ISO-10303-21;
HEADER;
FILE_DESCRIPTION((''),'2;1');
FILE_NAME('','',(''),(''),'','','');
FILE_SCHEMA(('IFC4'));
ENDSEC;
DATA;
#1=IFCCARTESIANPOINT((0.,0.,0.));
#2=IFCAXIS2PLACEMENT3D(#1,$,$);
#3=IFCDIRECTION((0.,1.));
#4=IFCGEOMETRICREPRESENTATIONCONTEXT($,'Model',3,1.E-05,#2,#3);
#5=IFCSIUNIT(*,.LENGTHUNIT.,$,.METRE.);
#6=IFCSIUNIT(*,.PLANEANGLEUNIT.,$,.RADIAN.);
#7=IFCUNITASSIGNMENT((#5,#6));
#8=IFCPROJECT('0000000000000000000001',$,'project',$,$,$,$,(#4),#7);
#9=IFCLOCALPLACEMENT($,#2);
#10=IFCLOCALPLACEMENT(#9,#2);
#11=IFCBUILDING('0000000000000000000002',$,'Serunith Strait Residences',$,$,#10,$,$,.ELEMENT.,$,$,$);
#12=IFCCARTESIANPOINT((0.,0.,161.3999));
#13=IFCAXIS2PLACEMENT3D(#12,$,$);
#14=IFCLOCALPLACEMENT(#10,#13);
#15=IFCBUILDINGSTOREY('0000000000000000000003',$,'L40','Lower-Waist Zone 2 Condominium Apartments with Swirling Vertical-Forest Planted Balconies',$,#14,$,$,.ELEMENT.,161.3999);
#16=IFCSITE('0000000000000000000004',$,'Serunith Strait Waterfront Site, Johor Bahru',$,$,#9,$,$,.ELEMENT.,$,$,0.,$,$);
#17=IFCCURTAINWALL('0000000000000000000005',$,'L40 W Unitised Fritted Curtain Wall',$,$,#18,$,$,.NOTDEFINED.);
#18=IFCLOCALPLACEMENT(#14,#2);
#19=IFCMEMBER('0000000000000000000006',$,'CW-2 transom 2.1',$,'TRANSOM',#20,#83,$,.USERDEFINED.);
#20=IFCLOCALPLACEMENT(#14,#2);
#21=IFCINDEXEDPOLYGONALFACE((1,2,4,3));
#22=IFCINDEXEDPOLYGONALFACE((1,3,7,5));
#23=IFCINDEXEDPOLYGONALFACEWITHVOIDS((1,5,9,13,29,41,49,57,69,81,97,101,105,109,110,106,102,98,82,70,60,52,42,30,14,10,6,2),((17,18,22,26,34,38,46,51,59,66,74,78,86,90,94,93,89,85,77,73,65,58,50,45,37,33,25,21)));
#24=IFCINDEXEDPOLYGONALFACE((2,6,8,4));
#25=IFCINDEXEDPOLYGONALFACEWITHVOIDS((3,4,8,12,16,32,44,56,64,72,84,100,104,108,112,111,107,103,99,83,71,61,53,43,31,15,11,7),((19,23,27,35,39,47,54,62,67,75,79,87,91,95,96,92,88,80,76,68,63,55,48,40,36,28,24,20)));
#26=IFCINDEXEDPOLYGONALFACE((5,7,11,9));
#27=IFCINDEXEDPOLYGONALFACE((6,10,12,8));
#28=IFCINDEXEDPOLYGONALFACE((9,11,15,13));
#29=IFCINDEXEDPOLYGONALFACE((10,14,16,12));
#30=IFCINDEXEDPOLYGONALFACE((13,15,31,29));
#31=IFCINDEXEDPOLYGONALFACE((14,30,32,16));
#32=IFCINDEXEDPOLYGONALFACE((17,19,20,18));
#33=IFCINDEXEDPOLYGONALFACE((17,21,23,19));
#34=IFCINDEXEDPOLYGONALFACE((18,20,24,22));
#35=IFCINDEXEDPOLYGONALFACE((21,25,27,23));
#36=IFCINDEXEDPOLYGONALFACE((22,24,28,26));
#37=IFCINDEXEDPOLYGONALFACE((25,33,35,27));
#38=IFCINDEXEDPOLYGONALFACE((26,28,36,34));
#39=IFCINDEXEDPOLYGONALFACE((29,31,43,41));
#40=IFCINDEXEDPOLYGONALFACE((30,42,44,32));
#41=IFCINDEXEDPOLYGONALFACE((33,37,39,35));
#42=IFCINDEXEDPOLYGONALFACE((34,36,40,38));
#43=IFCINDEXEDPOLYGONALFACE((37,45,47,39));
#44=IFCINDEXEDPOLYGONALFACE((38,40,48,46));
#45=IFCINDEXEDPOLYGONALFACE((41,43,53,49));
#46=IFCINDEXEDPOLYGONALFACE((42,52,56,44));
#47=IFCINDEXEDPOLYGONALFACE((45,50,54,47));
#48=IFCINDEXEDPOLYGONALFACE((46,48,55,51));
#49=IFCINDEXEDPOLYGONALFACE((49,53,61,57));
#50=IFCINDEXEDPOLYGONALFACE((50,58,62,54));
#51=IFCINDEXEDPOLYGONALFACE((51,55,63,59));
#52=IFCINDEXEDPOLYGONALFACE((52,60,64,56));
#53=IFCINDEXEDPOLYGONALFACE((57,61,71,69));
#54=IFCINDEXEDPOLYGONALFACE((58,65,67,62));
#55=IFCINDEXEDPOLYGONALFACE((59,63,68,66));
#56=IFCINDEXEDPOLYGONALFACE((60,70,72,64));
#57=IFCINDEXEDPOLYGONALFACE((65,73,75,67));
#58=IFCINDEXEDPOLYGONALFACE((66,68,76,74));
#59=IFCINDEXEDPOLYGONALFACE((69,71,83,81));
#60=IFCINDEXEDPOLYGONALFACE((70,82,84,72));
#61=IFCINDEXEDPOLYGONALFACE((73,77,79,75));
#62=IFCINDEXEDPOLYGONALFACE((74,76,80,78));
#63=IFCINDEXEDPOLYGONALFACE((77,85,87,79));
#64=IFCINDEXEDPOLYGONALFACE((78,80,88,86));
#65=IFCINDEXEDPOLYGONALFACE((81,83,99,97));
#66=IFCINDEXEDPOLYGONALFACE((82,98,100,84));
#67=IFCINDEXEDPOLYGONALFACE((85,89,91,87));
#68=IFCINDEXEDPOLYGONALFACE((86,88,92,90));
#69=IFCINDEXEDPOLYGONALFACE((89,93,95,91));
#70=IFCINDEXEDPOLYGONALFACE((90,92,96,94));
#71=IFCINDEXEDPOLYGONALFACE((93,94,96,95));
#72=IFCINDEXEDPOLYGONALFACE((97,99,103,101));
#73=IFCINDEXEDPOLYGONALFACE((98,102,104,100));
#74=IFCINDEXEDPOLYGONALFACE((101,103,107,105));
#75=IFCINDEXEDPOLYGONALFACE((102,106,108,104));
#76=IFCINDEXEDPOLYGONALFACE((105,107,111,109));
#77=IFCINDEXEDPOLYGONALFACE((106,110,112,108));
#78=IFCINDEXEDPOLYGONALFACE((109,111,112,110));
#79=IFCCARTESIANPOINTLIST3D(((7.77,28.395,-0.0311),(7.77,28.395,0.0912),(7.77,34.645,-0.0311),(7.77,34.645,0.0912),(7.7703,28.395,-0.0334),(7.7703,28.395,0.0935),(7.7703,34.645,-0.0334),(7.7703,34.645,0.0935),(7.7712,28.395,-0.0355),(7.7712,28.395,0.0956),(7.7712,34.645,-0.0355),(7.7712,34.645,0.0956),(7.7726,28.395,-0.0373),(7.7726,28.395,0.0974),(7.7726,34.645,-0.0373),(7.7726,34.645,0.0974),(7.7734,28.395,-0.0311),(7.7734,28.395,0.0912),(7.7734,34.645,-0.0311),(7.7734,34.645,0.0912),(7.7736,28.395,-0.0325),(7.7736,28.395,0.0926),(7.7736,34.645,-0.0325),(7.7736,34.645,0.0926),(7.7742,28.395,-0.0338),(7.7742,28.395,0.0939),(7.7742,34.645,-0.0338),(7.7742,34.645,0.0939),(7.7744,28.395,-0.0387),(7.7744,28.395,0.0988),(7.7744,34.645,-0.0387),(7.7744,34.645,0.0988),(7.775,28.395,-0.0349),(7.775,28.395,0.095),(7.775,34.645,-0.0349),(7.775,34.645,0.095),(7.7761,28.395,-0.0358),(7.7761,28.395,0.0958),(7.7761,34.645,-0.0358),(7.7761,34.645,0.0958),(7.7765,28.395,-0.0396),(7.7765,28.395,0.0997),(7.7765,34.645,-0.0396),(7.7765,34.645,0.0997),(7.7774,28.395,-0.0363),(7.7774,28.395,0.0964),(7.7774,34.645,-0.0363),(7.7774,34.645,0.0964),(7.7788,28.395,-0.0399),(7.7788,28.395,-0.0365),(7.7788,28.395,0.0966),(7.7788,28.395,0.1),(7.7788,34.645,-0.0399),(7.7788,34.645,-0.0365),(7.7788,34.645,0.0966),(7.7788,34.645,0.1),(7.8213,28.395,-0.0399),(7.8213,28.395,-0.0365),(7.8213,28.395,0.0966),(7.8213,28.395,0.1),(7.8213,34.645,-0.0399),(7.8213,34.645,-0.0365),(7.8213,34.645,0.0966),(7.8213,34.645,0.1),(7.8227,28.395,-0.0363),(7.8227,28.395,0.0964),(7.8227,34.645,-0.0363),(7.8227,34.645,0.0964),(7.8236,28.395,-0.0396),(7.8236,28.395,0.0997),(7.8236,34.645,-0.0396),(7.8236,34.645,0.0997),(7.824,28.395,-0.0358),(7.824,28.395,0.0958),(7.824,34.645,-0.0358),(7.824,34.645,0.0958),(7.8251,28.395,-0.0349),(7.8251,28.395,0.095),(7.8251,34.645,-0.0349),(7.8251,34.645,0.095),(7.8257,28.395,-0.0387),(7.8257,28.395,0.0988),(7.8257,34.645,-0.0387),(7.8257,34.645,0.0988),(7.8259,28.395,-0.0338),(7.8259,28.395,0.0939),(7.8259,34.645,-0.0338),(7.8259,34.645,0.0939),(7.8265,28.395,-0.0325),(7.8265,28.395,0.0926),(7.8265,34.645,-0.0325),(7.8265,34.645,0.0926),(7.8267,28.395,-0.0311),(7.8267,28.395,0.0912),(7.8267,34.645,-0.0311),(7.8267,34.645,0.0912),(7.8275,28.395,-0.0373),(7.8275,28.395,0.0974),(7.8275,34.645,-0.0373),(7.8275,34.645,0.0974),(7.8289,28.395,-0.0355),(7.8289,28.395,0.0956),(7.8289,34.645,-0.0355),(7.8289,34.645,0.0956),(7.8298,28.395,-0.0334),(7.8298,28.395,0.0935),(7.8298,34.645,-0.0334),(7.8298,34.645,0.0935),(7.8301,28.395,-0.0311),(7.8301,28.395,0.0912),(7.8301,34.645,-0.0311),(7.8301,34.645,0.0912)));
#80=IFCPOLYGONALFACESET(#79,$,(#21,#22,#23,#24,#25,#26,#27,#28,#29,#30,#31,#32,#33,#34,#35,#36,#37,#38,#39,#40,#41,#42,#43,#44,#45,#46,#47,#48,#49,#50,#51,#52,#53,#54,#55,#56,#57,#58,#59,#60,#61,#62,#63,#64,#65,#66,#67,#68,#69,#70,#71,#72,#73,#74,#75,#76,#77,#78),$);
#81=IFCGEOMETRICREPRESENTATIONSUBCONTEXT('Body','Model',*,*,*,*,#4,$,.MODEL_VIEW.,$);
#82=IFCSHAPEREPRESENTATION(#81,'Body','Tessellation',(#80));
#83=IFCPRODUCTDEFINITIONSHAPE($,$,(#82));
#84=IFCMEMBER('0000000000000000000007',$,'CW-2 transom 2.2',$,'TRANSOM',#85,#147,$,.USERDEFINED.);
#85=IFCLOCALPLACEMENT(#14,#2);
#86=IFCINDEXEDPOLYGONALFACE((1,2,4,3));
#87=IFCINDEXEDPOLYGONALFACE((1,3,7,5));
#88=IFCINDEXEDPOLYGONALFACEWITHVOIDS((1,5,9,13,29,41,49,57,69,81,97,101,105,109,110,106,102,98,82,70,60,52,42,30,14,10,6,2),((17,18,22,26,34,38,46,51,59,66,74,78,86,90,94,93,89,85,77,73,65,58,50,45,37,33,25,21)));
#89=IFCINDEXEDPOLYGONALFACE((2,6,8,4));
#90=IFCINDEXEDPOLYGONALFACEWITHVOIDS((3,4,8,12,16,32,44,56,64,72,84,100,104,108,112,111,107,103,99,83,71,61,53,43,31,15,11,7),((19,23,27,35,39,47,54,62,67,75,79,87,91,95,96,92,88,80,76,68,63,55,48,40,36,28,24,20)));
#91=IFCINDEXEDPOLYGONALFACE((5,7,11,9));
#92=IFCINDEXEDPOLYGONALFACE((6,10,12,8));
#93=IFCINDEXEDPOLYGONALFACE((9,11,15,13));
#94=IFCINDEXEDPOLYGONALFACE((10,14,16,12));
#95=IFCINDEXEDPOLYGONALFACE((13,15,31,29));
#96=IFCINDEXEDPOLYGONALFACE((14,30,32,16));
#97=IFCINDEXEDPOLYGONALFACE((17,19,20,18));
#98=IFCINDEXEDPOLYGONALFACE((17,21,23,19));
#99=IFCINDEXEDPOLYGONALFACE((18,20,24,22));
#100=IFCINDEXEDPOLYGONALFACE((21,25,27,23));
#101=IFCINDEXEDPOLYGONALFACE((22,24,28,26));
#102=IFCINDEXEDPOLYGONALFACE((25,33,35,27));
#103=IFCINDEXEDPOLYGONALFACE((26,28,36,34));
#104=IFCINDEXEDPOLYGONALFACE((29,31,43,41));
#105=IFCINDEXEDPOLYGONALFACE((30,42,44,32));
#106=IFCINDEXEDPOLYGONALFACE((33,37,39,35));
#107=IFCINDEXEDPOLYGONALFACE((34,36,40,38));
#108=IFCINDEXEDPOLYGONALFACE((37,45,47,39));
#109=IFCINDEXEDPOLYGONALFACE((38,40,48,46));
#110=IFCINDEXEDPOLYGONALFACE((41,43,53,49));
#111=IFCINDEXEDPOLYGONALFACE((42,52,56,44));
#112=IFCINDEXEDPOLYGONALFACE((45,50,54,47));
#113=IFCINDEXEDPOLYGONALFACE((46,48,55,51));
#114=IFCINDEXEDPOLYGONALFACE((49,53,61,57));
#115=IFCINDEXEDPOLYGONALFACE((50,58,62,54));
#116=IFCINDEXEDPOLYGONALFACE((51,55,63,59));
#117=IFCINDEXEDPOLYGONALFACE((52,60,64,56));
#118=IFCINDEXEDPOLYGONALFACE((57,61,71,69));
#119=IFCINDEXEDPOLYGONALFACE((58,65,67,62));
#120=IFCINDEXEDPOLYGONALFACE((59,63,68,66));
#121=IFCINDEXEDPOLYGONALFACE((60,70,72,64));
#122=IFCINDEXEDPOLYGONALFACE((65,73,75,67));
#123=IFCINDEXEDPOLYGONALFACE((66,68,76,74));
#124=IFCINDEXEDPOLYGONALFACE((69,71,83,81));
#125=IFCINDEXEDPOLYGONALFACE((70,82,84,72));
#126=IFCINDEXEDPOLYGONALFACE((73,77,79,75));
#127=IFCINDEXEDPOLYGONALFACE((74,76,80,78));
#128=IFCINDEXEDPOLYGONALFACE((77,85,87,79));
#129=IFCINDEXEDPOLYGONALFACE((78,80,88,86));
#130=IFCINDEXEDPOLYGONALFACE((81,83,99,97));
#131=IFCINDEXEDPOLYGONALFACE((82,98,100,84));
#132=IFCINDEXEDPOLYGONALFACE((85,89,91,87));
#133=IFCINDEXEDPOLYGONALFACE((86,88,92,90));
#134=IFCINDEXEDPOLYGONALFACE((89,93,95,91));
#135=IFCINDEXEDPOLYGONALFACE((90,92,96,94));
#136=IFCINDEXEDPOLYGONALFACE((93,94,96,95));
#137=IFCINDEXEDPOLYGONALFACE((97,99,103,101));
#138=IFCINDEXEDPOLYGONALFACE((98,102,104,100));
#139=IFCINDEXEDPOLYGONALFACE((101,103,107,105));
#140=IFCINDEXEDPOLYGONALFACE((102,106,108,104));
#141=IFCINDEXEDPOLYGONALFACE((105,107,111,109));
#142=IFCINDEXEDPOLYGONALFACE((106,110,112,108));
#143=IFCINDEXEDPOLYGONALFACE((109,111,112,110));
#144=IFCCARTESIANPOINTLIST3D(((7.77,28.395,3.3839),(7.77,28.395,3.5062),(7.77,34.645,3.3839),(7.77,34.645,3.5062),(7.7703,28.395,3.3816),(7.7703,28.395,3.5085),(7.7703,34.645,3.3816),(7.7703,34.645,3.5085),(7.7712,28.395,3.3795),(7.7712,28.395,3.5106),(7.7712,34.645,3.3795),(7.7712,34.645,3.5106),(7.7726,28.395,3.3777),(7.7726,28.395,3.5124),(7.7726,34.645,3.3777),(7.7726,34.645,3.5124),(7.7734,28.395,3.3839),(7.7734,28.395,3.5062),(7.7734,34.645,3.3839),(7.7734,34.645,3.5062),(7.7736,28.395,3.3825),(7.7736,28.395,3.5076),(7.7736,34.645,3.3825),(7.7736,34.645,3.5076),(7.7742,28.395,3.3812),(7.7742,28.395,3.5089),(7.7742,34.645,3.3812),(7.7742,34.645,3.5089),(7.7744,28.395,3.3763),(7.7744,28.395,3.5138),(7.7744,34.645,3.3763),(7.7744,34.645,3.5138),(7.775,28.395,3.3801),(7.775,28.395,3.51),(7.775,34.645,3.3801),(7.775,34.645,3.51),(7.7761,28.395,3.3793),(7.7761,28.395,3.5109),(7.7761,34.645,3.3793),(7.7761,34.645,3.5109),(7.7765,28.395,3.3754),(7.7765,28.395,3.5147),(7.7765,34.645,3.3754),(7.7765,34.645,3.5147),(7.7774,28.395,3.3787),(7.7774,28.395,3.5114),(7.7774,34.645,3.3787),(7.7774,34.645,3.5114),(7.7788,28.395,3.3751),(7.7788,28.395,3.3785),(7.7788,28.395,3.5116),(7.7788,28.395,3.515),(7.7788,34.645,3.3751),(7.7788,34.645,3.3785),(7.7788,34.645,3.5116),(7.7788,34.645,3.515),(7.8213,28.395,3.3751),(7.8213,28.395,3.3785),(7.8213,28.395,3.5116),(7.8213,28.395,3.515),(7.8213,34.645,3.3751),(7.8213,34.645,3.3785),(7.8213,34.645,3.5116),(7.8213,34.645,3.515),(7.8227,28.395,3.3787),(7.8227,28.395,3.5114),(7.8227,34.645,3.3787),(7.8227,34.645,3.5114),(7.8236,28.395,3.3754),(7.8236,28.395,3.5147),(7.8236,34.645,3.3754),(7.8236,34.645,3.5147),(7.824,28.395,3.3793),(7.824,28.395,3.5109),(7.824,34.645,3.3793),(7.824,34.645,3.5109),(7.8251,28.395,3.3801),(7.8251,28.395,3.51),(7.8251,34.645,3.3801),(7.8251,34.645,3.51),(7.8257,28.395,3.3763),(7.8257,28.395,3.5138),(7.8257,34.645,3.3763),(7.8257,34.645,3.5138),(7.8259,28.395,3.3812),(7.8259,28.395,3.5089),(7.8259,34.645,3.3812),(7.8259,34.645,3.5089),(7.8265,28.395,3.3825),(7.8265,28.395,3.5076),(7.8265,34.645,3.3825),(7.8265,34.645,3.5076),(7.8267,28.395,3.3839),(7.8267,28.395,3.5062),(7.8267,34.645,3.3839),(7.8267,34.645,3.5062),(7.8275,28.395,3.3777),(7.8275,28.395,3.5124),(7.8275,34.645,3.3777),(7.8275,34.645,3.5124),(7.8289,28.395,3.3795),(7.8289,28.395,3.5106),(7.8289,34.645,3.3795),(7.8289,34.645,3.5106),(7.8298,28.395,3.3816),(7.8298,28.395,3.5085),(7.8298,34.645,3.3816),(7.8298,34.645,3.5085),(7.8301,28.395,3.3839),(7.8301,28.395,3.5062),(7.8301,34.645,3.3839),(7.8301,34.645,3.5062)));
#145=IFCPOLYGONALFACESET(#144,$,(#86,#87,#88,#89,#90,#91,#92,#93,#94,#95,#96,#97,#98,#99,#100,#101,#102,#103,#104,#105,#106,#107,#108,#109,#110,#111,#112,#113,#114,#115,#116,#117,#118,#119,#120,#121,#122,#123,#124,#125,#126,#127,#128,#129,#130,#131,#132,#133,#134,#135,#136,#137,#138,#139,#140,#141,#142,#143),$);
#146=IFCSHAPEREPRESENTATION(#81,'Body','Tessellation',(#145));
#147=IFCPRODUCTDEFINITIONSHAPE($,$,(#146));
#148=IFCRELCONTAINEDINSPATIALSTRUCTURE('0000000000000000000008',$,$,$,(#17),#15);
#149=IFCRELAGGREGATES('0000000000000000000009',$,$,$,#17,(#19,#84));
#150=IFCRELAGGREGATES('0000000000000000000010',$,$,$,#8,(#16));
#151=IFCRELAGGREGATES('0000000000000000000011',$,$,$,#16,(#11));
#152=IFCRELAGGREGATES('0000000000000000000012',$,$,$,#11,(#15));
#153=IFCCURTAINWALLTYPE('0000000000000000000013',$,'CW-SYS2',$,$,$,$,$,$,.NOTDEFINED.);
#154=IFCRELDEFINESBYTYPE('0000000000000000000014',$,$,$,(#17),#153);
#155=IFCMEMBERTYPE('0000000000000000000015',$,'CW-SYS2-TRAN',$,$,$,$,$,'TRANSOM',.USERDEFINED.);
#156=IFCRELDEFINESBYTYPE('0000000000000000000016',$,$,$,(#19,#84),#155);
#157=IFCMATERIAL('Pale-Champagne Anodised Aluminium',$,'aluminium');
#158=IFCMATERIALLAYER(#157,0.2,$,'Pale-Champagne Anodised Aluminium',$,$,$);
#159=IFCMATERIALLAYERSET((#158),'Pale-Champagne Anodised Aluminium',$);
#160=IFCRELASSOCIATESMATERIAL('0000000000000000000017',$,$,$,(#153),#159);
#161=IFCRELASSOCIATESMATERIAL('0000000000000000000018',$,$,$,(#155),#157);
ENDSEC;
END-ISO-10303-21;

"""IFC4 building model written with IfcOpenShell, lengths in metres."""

from ifc_helpers import new_model, si_unit, direction, frame, origin, origin_2d, place, context, subcontext, project, spatial, hollow_rectangle, extrude, source, transform, mapped, material, layer, layer_set, material_profile, profile_set, type_object, element, aggregate, save


model = new_model("IFC4")

# Units and contexts
model_context = context("Model", 3, precision=1e-05, world=origin(), true_north=direction((0.0, 1.0)))
body_context = subcontext(model_context, "Body", "Model", "MODEL_VIEW")
ifc_project = project(units=[si_unit("LENGTHUNIT", "METRE"), si_unit("PLANEANGLEUNIT", "RADIAN")], contexts=[model_context])

# Site, building, storey
site_placement = place(None, origin())
site = spatial("IfcSite", under=ifc_project, at=site_placement, Name="Serunith Strait Waterfront Site, Johor Bahru", CompositionType="ELEMENT", RefElevation=0.0)
building_placement = place(site_placement, origin())
building = spatial("IfcBuilding", under=site, at=building_placement, Name="Serunith Strait Residences", CompositionType="ELEMENT")
storey_placement = place(building_placement, frame((0.0, 0.0, 161.3999)))
storey = spatial("IfcBuildingStorey", under=building, at=storey_placement, Name="L40", Description="Lower-Waist Zone 2 Condominium Apartments with Swirling Vertical-Forest Planted Balconies", CompositionType="ELEMENT", Elevation=161.3999)

# Curtain wall, members
ifc_material_1 = material(Name="Pale-Champagne Anodised Aluminium", Category="aluminium")
ifc_layer_1 = layer(ifc_material_1, 0.2, Name="Pale-Champagne Anodised Aluminium")
ifc_layer_set_1 = layer_set([ifc_layer_1], Name="Pale-Champagne Anodised Aluminium")
curtain_wall_type = type_object("IfcCurtainWallType", Name="CW-SYS2", PredefinedType="NOTDEFINED", material=ifc_layer_set_1)
curtain_wall_placement = place(storey_placement, origin())
curtain_wall = element("IfcCurtainWall", 1, at=curtain_wall_placement, inside=storey, type_object=curtain_wall_type, Name="L40 W Unitised Fritted Curtain Wall", PredefinedType="NOTDEFINED")
ifc_material_profile_1 = material_profile(ifc_material_1, hollow_rectangle(XDim=0.0601, YDim=0.1399, WallThickness=0.0034, InnerFilletRadius=0.0054, OuterFilletRadius=0.0088, at=origin_2d()), Name="ALU 140x60x3.5")
ifc_profile_set_1 = profile_set([ifc_material_profile_1], Name="Pale-Champagne Anodised Aluminium")
member_type_1 = type_object("IfcMemberType", Name="CW-SYS2-TRAN", ElementType="TRANSOM", PredefinedType="USERDEFINED", material=ifc_profile_set_1)
shared_shape_1 = source(origin(), body_context, "Body", "SweptSolid", [
    extrude(hollow_rectangle(XDim=0.0601, YDim=0.1399, WallThickness=0.0034, InnerFilletRadius=0.0054, OuterFilletRadius=0.0088, at=origin_2d()), origin(), (0.0, 0.0, 1.0), 6.25),
])
member_1_placement = place(storey_placement, frame((7.8, 34.645, 0.03), z_axis=(0.0, -1.0, 0.0), x_axis=(1.0, 0.0, 0.0)))
member_1 = element("IfcMember", 2, at=member_1_placement, type_object=member_type_1, Name="CW-2 transom 2.1", ObjectType="TRANSOM", PredefinedType="USERDEFINED", context=body_context, shape_type="MappedRepresentation", body=[
    mapped(shared_shape_1, transform((0.0, 0.0, 0.0), scale=1.0)),
])
member_2_placement = place(storey_placement, frame((7.8, 34.645, 3.4451), z_axis=(0.0, -1.0, 0.0), x_axis=(1.0, 0.0, 0.0)))
member_2 = element("IfcMember", 3, at=member_2_placement, type_object=member_type_1, Name="CW-2 transom 2.2", ObjectType="TRANSOM", PredefinedType="USERDEFINED", context=body_context, shape_type="MappedRepresentation", body=[
    mapped(shared_shape_1, transform((0.0, 0.0, 0.0), scale=1.0)),
])
aggregate(curtain_wall, [member_1, member_2])

save(model, "model.ifc")
